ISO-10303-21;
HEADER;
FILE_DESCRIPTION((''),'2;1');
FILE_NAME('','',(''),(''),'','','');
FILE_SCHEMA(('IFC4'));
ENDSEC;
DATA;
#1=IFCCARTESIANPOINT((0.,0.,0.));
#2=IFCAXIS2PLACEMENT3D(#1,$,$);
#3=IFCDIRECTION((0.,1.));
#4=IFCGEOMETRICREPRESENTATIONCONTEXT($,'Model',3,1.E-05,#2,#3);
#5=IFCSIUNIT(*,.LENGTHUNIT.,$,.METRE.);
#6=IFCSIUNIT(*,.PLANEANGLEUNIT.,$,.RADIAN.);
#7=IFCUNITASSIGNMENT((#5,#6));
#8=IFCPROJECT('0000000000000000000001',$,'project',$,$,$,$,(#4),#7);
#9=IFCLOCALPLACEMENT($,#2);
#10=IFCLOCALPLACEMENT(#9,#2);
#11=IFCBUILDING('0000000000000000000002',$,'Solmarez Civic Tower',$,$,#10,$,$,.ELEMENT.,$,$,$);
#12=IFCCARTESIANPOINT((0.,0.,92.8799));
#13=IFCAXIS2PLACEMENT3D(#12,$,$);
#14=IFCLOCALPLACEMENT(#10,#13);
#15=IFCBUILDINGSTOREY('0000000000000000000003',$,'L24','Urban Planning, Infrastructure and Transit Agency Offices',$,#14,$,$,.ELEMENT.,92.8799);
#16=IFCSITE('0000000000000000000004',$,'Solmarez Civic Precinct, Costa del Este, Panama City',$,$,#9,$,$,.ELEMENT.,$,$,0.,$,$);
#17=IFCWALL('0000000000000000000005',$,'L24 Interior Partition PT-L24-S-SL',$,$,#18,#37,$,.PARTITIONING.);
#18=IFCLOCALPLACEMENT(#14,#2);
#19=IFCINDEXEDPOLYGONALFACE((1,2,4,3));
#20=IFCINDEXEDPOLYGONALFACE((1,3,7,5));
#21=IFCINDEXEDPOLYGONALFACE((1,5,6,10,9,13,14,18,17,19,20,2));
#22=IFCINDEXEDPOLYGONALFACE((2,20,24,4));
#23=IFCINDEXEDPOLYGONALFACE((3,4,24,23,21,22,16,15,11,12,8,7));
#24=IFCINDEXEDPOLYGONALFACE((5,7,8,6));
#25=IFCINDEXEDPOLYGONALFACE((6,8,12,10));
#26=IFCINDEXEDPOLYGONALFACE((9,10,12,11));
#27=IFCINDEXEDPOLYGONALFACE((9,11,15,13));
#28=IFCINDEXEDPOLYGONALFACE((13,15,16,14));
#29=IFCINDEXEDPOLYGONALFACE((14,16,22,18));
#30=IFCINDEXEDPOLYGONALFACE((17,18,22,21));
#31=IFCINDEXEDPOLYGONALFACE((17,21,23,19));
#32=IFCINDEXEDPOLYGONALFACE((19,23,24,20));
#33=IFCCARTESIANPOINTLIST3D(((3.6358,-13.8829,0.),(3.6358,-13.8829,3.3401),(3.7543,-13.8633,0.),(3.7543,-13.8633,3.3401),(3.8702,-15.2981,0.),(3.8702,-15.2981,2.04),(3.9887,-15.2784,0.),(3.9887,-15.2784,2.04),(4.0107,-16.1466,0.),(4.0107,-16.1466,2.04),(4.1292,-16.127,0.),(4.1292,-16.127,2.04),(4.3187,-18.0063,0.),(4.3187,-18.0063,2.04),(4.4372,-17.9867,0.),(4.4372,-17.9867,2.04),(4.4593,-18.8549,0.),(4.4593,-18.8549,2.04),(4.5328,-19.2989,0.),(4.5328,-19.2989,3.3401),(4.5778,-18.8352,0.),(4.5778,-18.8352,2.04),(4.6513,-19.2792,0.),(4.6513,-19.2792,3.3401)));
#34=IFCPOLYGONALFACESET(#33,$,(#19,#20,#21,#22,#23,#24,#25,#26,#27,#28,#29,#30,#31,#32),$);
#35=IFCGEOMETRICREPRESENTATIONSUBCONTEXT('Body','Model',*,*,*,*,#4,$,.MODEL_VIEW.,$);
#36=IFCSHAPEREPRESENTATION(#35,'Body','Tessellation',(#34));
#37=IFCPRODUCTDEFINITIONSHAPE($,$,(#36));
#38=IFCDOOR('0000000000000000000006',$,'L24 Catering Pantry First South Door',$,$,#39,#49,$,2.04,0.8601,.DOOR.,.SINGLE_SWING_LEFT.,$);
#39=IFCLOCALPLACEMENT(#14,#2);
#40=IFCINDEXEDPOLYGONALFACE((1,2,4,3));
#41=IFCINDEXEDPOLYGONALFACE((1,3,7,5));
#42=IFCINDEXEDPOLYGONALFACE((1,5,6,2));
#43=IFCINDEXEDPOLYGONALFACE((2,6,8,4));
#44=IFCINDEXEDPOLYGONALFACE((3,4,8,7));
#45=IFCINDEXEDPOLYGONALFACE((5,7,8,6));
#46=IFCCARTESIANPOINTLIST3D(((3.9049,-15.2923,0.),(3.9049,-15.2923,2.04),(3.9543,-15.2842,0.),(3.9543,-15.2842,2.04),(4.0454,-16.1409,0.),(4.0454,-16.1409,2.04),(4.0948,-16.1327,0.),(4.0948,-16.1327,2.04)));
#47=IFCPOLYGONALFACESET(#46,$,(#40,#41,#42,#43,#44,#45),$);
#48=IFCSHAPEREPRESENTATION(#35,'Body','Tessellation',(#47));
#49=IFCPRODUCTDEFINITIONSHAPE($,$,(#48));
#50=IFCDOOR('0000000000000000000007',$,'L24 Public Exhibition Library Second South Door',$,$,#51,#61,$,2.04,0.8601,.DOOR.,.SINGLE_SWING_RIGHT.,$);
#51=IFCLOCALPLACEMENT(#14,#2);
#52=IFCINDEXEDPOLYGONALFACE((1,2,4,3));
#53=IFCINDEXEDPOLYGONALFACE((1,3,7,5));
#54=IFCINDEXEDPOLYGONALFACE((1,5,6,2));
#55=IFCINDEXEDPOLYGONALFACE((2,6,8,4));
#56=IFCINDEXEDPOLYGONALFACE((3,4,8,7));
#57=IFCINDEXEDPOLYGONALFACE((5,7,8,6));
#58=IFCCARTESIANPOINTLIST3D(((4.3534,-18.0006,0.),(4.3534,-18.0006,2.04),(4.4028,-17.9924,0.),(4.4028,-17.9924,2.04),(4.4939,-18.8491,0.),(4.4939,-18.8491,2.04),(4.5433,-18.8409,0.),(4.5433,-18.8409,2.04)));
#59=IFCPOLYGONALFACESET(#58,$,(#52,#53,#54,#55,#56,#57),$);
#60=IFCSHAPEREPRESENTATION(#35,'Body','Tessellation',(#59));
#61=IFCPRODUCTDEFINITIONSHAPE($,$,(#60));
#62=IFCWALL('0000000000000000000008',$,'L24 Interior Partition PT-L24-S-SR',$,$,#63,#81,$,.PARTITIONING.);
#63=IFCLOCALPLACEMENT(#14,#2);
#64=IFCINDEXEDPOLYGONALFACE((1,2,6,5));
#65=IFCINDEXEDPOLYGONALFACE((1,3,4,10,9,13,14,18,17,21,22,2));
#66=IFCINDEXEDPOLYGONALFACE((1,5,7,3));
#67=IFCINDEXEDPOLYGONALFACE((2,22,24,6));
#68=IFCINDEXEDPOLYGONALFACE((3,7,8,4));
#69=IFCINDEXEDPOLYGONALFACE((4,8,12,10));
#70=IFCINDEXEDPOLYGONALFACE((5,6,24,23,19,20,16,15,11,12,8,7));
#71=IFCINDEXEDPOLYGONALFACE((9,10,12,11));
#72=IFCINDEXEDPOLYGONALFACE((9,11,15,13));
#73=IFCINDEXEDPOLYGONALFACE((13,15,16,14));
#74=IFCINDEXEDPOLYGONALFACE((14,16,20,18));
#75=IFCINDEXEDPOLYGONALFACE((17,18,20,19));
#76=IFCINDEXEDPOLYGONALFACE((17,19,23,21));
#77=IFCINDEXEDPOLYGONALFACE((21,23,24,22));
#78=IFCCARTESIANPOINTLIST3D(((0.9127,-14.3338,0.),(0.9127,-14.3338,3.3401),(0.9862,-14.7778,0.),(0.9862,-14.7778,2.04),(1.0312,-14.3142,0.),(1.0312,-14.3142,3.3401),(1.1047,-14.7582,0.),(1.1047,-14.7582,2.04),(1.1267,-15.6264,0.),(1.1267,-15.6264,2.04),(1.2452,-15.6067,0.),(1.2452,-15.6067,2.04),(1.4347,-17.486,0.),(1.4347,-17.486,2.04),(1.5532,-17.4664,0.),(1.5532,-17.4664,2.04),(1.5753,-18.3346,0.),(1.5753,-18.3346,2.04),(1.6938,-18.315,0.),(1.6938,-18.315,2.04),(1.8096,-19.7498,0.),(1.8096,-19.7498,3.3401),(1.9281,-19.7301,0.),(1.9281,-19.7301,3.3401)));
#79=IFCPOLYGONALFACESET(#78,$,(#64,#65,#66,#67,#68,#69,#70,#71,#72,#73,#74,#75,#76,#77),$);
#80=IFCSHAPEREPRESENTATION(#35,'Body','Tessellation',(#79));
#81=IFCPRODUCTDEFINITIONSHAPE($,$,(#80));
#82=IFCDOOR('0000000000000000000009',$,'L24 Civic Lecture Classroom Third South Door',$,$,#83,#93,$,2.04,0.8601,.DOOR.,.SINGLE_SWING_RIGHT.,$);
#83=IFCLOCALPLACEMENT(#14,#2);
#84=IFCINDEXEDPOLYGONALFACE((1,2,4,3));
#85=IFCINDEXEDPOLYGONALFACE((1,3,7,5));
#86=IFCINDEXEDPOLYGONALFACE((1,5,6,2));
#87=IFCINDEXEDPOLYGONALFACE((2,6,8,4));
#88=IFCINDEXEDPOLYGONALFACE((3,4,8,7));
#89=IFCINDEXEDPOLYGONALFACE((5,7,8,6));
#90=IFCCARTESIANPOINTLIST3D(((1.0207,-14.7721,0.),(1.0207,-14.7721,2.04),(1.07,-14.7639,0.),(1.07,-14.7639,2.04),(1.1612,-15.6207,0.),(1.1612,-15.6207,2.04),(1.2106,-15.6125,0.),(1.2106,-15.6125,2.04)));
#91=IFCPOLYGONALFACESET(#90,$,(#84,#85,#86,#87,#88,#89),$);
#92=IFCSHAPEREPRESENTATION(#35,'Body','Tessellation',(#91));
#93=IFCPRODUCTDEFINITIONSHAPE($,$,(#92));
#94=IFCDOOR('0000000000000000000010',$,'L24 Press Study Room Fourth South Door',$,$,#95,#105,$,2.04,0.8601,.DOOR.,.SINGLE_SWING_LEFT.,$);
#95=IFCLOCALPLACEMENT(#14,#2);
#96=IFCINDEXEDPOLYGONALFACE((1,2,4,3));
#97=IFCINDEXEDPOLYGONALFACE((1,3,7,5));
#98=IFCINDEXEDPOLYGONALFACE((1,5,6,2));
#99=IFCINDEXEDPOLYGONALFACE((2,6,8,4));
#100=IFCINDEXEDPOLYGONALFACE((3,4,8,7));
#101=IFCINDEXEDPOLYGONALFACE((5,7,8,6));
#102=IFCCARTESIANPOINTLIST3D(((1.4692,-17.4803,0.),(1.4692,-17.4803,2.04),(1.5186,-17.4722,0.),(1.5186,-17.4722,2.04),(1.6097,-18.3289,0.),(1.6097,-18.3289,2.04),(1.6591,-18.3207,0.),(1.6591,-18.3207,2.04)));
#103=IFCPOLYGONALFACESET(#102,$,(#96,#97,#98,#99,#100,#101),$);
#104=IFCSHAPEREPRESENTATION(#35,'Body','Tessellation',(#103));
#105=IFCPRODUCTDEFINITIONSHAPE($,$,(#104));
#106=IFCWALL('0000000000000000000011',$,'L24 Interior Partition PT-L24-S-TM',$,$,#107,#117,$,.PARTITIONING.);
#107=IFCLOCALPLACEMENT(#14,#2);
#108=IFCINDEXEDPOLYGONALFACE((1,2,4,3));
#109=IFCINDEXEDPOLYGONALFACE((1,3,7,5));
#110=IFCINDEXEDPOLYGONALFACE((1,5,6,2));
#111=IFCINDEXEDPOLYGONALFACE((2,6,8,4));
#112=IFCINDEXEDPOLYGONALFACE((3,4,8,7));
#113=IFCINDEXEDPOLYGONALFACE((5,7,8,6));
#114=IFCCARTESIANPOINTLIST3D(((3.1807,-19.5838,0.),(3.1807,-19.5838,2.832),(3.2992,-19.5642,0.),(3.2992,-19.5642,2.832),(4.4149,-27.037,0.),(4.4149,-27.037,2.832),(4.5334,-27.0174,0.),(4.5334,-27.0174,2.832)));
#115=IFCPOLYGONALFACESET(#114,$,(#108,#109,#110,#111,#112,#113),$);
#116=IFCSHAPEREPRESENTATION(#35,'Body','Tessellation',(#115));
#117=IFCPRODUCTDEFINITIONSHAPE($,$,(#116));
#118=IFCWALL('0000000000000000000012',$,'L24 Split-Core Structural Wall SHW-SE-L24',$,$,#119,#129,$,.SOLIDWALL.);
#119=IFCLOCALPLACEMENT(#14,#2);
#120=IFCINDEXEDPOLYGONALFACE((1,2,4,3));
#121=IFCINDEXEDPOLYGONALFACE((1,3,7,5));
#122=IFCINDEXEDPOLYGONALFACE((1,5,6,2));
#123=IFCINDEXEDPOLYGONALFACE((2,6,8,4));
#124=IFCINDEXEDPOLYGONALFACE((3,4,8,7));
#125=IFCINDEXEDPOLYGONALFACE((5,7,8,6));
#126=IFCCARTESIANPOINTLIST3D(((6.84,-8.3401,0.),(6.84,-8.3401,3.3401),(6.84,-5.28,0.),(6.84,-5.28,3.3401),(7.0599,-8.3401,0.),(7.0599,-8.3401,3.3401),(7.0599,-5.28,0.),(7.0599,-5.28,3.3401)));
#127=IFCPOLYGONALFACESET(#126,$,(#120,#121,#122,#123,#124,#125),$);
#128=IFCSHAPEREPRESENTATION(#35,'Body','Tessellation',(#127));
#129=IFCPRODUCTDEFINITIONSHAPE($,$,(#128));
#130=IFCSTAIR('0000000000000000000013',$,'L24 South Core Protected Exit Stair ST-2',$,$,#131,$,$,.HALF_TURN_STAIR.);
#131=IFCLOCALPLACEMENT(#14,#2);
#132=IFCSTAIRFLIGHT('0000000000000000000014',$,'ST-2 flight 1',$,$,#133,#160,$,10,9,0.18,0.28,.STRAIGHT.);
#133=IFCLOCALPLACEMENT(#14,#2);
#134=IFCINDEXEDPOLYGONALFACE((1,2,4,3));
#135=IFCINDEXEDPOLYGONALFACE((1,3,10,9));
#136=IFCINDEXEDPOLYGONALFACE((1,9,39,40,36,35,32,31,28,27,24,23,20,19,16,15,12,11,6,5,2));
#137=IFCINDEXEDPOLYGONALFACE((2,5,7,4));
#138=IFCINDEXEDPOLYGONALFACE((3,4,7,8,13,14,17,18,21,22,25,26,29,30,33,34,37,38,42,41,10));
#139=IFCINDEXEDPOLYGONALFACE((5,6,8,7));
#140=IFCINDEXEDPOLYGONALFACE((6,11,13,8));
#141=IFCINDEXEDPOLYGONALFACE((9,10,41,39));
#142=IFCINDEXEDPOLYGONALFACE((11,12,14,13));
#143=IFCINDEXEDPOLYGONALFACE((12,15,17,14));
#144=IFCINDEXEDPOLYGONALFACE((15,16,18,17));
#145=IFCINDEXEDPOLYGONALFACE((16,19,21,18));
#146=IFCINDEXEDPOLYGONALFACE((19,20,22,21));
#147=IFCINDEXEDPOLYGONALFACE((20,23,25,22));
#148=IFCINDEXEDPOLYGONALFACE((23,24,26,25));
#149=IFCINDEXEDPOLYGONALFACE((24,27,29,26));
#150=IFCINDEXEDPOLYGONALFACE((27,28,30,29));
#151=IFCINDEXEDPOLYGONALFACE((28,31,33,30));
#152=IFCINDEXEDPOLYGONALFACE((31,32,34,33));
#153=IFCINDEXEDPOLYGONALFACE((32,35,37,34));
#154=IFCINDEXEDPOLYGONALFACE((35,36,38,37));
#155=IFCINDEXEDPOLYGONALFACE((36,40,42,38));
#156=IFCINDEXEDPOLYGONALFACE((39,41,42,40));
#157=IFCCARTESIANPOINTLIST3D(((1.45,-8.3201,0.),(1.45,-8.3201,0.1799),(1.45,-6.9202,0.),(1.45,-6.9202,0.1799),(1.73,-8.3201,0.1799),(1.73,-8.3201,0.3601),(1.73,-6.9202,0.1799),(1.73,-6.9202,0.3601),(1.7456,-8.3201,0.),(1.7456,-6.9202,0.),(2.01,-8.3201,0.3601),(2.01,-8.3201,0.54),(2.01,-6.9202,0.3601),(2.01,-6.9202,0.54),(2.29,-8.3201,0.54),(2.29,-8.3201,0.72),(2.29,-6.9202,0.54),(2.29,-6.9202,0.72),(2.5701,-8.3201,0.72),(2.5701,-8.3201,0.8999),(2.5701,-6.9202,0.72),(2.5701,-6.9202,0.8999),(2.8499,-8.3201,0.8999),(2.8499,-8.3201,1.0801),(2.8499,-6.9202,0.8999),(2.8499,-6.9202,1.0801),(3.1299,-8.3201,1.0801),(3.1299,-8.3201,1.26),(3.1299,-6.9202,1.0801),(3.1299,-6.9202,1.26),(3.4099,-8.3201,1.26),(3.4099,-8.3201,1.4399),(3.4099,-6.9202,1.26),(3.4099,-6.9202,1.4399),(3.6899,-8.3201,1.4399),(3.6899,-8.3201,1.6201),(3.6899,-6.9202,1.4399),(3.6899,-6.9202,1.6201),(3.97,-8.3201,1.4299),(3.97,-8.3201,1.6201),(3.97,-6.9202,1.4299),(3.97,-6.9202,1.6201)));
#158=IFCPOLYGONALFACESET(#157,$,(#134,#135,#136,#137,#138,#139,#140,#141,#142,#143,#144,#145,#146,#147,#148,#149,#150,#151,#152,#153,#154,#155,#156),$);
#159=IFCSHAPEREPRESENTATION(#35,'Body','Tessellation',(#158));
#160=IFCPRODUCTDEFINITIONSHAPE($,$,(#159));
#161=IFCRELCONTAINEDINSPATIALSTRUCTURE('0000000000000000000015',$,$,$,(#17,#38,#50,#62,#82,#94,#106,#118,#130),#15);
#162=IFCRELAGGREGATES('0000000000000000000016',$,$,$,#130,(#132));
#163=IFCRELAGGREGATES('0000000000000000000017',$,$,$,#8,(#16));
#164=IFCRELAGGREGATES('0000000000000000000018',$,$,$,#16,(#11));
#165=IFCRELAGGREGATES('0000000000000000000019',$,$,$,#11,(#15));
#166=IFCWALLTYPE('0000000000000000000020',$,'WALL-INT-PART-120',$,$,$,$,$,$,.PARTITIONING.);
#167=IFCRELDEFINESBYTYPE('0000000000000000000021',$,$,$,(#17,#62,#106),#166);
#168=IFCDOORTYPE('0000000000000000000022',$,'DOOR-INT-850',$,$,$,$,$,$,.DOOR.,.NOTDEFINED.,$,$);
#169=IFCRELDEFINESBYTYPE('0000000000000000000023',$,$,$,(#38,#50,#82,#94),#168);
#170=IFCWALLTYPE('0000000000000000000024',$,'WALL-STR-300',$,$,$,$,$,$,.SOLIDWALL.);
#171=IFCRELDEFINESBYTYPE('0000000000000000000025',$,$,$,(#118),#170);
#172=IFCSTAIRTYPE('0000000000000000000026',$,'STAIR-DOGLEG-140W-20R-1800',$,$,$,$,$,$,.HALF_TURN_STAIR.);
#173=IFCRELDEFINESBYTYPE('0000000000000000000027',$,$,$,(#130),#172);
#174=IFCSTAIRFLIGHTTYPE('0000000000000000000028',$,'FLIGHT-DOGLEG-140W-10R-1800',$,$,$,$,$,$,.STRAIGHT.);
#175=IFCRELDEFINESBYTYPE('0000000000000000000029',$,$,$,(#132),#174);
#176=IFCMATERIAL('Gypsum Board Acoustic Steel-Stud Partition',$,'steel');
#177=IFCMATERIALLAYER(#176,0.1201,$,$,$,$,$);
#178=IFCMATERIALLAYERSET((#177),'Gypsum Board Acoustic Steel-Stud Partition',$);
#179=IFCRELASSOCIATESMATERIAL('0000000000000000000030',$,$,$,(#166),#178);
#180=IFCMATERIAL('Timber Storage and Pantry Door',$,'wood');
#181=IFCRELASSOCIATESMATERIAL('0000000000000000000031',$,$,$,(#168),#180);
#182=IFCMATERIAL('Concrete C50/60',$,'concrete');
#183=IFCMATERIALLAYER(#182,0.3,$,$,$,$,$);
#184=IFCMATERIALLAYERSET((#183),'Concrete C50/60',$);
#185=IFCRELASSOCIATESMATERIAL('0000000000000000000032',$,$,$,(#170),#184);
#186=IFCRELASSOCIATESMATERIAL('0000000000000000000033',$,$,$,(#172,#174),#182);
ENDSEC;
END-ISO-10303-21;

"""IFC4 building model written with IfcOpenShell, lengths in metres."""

from ifc_helpers import new_model, si_unit, direction, frame, frame_2d, origin, place, context, subcontext, project, spatial, polyline, rectangle, outline, extrude, material, layer, layer_set, type_object, element, fill, aggregate, save


model = new_model("IFC4")

# Units and contexts
model_context = context("Model", 3, precision=1e-05, world=origin(), true_north=direction((0.0, 1.0)))
body_context = subcontext(model_context, "Body", "Model", "MODEL_VIEW")
ifc_project = project(units=[si_unit("LENGTHUNIT", "METRE"), si_unit("PLANEANGLEUNIT", "RADIAN")], contexts=[model_context])

# Site, building, storey
site_placement = place(None, origin())
site = spatial("IfcSite", under=ifc_project, at=site_placement, Name="Solmarez Civic Precinct, Costa del Este, Panama City", CompositionType="ELEMENT", RefElevation=0.0)
building_placement = place(site_placement, origin())
building = spatial("IfcBuilding", under=site, at=building_placement, Name="Solmarez Civic Tower", CompositionType="ELEMENT")
storey_placement = place(building_placement, frame((0.0, 0.0, 92.8799)))
storey = spatial("IfcBuildingStorey", under=building, at=storey_placement, Name="L24", Description="Urban Planning, Infrastructure and Transit Agency Offices", CompositionType="ELEMENT", Elevation=92.8799)

# Shared definitions
ifc_material_1 = material(Name="Concrete C50/60", Category="concrete")

# Shared definitions
ifc_material_2 = material(Name="Gypsum Board Acoustic Steel-Stud Partition", Category="steel")
ifc_layer_1 = layer(ifc_material_2, 0.1201)
ifc_layer_set_1 = layer_set([ifc_layer_1], Name="Gypsum Board Acoustic Steel-Stud Partition")
wall_type_1 = type_object("IfcWallType", Name="WALL-INT-PART-120", PredefinedType="PARTITIONING", material=ifc_layer_set_1)

# Walls, openings, doors
wall_1_placement = place(storey_placement, frame((4.592, -19.2891, 0.0), z_axis=(0.0, 0.0, 1.0), x_axis=(-0.163389, 0.986562, 0.0)))
wall_1 = element("IfcWall", 1, at=wall_1_placement, inside=storey, type_object=wall_type_1, Name="L24 Interior Partition PT-L24-S-SL", PredefinedType="PARTITIONING", context=body_context, shape_type="SweptSolid", body=[
    extrude(rectangle(XDim=5.4897, YDim=0.1201, at=frame_2d((2.7449, 0.0))), origin(), (0.0, 0.0, 1.0), 3.3401),
])
opening_1_placement = place(wall_1_placement, frame((3.1951, 0.0, 0.0)))
opening_1 = element("IfcOpeningElement", 2, at=opening_1_placement, cuts=wall_1, PredefinedType="OPENING", context=body_context, shape_type="SweptSolid", body=[
    extrude(rectangle(XDim=0.8601, YDim=2.04, at=frame_2d((0.4302, 1.02))), frame((0.0, 0.0701, 0.0), z_axis=(0.0, -1.0, 0.0), x_axis=(1.0, 0.0, 0.0)), (0.0, 0.0, 1.0), 0.1401),
])
opening_2_placement = place(wall_1_placement, frame((0.45, 0.0, 0.0)))
opening_2 = element("IfcOpeningElement", 3, at=opening_2_placement, cuts=wall_1, PredefinedType="OPENING", context=body_context, shape_type="SweptSolid", body=[
    extrude(rectangle(XDim=0.8601, YDim=2.04, at=frame_2d((0.4302, 1.02))), frame((0.0, 0.0701, 0.0), z_axis=(0.0, -1.0, 0.0), x_axis=(1.0, 0.0, 0.0)), (0.0, 0.0, 1.0), 0.1401),
])
ifc_material_3 = material(Name="Timber Storage and Pantry Door", Category="wood")
door_type = type_object("IfcDoorType", Name="DOOR-INT-850", OperationType="NOTDEFINED", PredefinedType="DOOR", material=ifc_material_3)
door_1_placement = place(opening_1_placement, origin())
door_1 = element("IfcDoor", 4, at=door_1_placement, inside=storey, type_object=door_type, Name="L24 Catering Pantry First South Door", OperationType="SINGLE_SWING_LEFT", OverallHeight=2.04, OverallWidth=0.8601, PredefinedType="DOOR", context=body_context, shape_type="SweptSolid", body=[
    extrude(rectangle(XDim=0.8601, YDim=2.04, at=frame_2d((0.4302, 1.02))), frame((0.0, 0.0249, 0.0), z_axis=(0.0, -1.0, 0.0), x_axis=(1.0, 0.0, 0.0)), (0.0, 0.0, 1.0), 0.05),
])
fill(opening_1, door_1)
door_2_placement = place(opening_2_placement, origin())
door_2 = element("IfcDoor", 5, at=door_2_placement, inside=storey, type_object=door_type, Name="L24 Public Exhibition Library Second South Door", OperationType="SINGLE_SWING_RIGHT", OverallHeight=2.04, OverallWidth=0.8601, PredefinedType="DOOR", context=body_context, shape_type="SweptSolid", body=[
    extrude(rectangle(XDim=0.8601, YDim=2.04, at=frame_2d((0.4302, 1.02))), frame((0.0, 0.0249, 0.0), z_axis=(0.0, -1.0, 0.0), x_axis=(1.0, 0.0, 0.0)), (0.0, 0.0, 1.0), 0.05),
])
fill(opening_2, door_2)
wall_2_placement = place(storey_placement, frame((0.9719, -14.324, 0.0), z_axis=(0.0, 0.0, 1.0), x_axis=(0.163389, -0.986562, 0.0)))
wall_2 = element("IfcWall", 6, at=wall_2_placement, inside=storey, type_object=wall_type_1, Name="L24 Interior Partition PT-L24-S-SR", PredefinedType="PARTITIONING", context=body_context, shape_type="SweptSolid", body=[
    extrude(rectangle(XDim=5.4897, YDim=0.1201, at=frame_2d((2.7449, 0.0))), origin(), (0.0, 0.0, 1.0), 3.3401),
])
opening_3_placement = place(wall_2_placement, frame((0.45, 0.0, 0.0)))
opening_3 = element("IfcOpeningElement", 7, at=opening_3_placement, cuts=wall_2, PredefinedType="OPENING", context=body_context, shape_type="SweptSolid", body=[
    extrude(rectangle(XDim=0.8601, YDim=2.04, at=frame_2d((0.4302, 1.02))), frame((0.0, 0.0701, 0.0), z_axis=(0.0, -1.0, 0.0), x_axis=(1.0, 0.0, 0.0)), (0.0, 0.0, 1.0), 0.1401),
])
opening_4_placement = place(wall_2_placement, frame((3.1951, 0.0, 0.0)))
opening_4 = element("IfcOpeningElement", 8, at=opening_4_placement, cuts=wall_2, PredefinedType="OPENING", context=body_context, shape_type="SweptSolid", body=[
    extrude(rectangle(XDim=0.8601, YDim=2.04, at=frame_2d((0.4302, 1.02))), frame((0.0, 0.0701, 0.0), z_axis=(0.0, -1.0, 0.0), x_axis=(1.0, 0.0, 0.0)), (0.0, 0.0, 1.0), 0.1401),
])
door_3_placement = place(opening_3_placement, origin())
door_3 = element("IfcDoor", 9, at=door_3_placement, inside=storey, type_object=door_type, Name="L24 Civic Lecture Classroom Third South Door", OperationType="SINGLE_SWING_RIGHT", OverallHeight=2.04, OverallWidth=0.8601, PredefinedType="DOOR", context=body_context, shape_type="SweptSolid", body=[
    extrude(rectangle(XDim=0.8601, YDim=2.04, at=frame_2d((0.4302, 1.02))), frame((0.0, 0.0249, 0.0), z_axis=(0.0, -1.0, 0.0), x_axis=(1.0, 0.0, 0.0)), (0.0, 0.0, 1.0), 0.05),
])
fill(opening_3, door_3)
door_4_placement = place(opening_4_placement, origin())
door_4 = element("IfcDoor", 10, at=door_4_placement, inside=storey, type_object=door_type, Name="L24 Press Study Room Fourth South Door", OperationType="SINGLE_SWING_LEFT", OverallHeight=2.04, OverallWidth=0.8601, PredefinedType="DOOR", context=body_context, shape_type="SweptSolid", body=[
    extrude(rectangle(XDim=0.8601, YDim=2.04, at=frame_2d((0.4302, 1.02))), frame((0.0, 0.0249, 0.0), z_axis=(0.0, -1.0, 0.0), x_axis=(1.0, 0.0, 0.0)), (0.0, 0.0, 1.0), 0.05),
])
fill(opening_4, door_4)

# Walls
wall_3_placement = place(storey_placement, frame((3.24, -19.574, 0.0), z_axis=(0.0, 0.0, 1.0), x_axis=(0.163361, -0.986566, 0.0)))
element("IfcWall", 11, at=wall_3_placement, inside=storey, type_object=wall_type_1, Name="L24 Interior Partition PT-L24-S-TM", PredefinedType="PARTITIONING", context=body_context, shape_type="SweptSolid", body=[
    extrude(rectangle(XDim=7.5547, YDim=0.1201, at=frame_2d((3.7773, 0.0))), origin(), (0.0, 0.0, 1.0), 2.832),
])
ifc_layer_2 = layer(ifc_material_1, 0.3)
ifc_layer_set_2 = layer_set([ifc_layer_2], Name="Concrete C50/60")
wall_type_2 = type_object("IfcWallType", Name="WALL-STR-300", PredefinedType="SOLIDWALL", material=ifc_layer_set_2)
wall_4_placement = place(storey_placement, frame((6.95, -8.3401, 0.0), z_axis=(0.0, 0.0, 1.0), x_axis=(0.0, 1.0, 0.0)))
element("IfcWall", 12, at=wall_4_placement, inside=storey, type_object=wall_type_2, Name="L24 Split-Core Structural Wall SHW-SE-L24", PredefinedType="SOLIDWALL", context=body_context, shape_type="SweptSolid", body=[
    extrude(rectangle(XDim=3.0601, YDim=0.22, at=frame_2d((1.53, 0.0))), origin(), (0.0, 0.0, 1.0), 3.3401),
])

# Stair, stair flight
stair_type = type_object("IfcStairType", Name="STAIR-DOGLEG-140W-20R-1800", PredefinedType="HALF_TURN_STAIR", material=ifc_material_1)
stair_placement = place(storey_placement, origin())
stair = element("IfcStair", 13, at=stair_placement, inside=storey, type_object=stair_type, Name="L24 South Core Protected Exit Stair ST-2", PredefinedType="HALF_TURN_STAIR")
stair_flight_type = type_object("IfcStairFlightType", Name="FLIGHT-DOGLEG-140W-10R-1800", PredefinedType="STRAIGHT", material=ifc_material_1)
stair_flight_placement = place(storey_placement, frame((1.45, -7.6201, 0.0), z_axis=(0.0, 0.0, 1.0), x_axis=(1.0, 0.0, 0.0)))
stair_flight = element("IfcStairFlight", 14, at=stair_flight_placement, type_object=stair_flight_type, Name="ST-2 flight 1", NumberOfRisers=10, NumberOfTreads=9, PredefinedType="STRAIGHT", RiserHeight=0.18, TreadLength=0.28, context=body_context, shape_type="SweptSolid", body=[
    extrude(outline(polyline([(0.0, 0.0), (0.0, 0.1799), (0.28, 0.1799), (0.28, 0.3601), (0.5601, 0.3601), (0.5601, 0.54), (0.8401, 0.54), (0.8401, 0.72), (1.1201, 0.72), (1.1201, 0.8999), (1.3999, 0.8999), (1.3999, 1.0801), (1.6799, 1.0801), (1.6799, 1.26), (1.96, 1.26), (1.96, 1.4399), (2.24, 1.4399), (2.24, 1.6201), (2.52, 1.6201), (2.52, 1.8), (2.52, 1.4299), (0.2957, 0.0), (0.0, 0.0)])), frame((0.0, 0.7, 0.0), z_axis=(0.0, -1.0, 0.0), x_axis=(1.0, 0.0, 0.0)), (0.0, 0.0, 1.0), 1.3999),
])
aggregate(stair, [stair_flight])

save(model, "model.ifc")
